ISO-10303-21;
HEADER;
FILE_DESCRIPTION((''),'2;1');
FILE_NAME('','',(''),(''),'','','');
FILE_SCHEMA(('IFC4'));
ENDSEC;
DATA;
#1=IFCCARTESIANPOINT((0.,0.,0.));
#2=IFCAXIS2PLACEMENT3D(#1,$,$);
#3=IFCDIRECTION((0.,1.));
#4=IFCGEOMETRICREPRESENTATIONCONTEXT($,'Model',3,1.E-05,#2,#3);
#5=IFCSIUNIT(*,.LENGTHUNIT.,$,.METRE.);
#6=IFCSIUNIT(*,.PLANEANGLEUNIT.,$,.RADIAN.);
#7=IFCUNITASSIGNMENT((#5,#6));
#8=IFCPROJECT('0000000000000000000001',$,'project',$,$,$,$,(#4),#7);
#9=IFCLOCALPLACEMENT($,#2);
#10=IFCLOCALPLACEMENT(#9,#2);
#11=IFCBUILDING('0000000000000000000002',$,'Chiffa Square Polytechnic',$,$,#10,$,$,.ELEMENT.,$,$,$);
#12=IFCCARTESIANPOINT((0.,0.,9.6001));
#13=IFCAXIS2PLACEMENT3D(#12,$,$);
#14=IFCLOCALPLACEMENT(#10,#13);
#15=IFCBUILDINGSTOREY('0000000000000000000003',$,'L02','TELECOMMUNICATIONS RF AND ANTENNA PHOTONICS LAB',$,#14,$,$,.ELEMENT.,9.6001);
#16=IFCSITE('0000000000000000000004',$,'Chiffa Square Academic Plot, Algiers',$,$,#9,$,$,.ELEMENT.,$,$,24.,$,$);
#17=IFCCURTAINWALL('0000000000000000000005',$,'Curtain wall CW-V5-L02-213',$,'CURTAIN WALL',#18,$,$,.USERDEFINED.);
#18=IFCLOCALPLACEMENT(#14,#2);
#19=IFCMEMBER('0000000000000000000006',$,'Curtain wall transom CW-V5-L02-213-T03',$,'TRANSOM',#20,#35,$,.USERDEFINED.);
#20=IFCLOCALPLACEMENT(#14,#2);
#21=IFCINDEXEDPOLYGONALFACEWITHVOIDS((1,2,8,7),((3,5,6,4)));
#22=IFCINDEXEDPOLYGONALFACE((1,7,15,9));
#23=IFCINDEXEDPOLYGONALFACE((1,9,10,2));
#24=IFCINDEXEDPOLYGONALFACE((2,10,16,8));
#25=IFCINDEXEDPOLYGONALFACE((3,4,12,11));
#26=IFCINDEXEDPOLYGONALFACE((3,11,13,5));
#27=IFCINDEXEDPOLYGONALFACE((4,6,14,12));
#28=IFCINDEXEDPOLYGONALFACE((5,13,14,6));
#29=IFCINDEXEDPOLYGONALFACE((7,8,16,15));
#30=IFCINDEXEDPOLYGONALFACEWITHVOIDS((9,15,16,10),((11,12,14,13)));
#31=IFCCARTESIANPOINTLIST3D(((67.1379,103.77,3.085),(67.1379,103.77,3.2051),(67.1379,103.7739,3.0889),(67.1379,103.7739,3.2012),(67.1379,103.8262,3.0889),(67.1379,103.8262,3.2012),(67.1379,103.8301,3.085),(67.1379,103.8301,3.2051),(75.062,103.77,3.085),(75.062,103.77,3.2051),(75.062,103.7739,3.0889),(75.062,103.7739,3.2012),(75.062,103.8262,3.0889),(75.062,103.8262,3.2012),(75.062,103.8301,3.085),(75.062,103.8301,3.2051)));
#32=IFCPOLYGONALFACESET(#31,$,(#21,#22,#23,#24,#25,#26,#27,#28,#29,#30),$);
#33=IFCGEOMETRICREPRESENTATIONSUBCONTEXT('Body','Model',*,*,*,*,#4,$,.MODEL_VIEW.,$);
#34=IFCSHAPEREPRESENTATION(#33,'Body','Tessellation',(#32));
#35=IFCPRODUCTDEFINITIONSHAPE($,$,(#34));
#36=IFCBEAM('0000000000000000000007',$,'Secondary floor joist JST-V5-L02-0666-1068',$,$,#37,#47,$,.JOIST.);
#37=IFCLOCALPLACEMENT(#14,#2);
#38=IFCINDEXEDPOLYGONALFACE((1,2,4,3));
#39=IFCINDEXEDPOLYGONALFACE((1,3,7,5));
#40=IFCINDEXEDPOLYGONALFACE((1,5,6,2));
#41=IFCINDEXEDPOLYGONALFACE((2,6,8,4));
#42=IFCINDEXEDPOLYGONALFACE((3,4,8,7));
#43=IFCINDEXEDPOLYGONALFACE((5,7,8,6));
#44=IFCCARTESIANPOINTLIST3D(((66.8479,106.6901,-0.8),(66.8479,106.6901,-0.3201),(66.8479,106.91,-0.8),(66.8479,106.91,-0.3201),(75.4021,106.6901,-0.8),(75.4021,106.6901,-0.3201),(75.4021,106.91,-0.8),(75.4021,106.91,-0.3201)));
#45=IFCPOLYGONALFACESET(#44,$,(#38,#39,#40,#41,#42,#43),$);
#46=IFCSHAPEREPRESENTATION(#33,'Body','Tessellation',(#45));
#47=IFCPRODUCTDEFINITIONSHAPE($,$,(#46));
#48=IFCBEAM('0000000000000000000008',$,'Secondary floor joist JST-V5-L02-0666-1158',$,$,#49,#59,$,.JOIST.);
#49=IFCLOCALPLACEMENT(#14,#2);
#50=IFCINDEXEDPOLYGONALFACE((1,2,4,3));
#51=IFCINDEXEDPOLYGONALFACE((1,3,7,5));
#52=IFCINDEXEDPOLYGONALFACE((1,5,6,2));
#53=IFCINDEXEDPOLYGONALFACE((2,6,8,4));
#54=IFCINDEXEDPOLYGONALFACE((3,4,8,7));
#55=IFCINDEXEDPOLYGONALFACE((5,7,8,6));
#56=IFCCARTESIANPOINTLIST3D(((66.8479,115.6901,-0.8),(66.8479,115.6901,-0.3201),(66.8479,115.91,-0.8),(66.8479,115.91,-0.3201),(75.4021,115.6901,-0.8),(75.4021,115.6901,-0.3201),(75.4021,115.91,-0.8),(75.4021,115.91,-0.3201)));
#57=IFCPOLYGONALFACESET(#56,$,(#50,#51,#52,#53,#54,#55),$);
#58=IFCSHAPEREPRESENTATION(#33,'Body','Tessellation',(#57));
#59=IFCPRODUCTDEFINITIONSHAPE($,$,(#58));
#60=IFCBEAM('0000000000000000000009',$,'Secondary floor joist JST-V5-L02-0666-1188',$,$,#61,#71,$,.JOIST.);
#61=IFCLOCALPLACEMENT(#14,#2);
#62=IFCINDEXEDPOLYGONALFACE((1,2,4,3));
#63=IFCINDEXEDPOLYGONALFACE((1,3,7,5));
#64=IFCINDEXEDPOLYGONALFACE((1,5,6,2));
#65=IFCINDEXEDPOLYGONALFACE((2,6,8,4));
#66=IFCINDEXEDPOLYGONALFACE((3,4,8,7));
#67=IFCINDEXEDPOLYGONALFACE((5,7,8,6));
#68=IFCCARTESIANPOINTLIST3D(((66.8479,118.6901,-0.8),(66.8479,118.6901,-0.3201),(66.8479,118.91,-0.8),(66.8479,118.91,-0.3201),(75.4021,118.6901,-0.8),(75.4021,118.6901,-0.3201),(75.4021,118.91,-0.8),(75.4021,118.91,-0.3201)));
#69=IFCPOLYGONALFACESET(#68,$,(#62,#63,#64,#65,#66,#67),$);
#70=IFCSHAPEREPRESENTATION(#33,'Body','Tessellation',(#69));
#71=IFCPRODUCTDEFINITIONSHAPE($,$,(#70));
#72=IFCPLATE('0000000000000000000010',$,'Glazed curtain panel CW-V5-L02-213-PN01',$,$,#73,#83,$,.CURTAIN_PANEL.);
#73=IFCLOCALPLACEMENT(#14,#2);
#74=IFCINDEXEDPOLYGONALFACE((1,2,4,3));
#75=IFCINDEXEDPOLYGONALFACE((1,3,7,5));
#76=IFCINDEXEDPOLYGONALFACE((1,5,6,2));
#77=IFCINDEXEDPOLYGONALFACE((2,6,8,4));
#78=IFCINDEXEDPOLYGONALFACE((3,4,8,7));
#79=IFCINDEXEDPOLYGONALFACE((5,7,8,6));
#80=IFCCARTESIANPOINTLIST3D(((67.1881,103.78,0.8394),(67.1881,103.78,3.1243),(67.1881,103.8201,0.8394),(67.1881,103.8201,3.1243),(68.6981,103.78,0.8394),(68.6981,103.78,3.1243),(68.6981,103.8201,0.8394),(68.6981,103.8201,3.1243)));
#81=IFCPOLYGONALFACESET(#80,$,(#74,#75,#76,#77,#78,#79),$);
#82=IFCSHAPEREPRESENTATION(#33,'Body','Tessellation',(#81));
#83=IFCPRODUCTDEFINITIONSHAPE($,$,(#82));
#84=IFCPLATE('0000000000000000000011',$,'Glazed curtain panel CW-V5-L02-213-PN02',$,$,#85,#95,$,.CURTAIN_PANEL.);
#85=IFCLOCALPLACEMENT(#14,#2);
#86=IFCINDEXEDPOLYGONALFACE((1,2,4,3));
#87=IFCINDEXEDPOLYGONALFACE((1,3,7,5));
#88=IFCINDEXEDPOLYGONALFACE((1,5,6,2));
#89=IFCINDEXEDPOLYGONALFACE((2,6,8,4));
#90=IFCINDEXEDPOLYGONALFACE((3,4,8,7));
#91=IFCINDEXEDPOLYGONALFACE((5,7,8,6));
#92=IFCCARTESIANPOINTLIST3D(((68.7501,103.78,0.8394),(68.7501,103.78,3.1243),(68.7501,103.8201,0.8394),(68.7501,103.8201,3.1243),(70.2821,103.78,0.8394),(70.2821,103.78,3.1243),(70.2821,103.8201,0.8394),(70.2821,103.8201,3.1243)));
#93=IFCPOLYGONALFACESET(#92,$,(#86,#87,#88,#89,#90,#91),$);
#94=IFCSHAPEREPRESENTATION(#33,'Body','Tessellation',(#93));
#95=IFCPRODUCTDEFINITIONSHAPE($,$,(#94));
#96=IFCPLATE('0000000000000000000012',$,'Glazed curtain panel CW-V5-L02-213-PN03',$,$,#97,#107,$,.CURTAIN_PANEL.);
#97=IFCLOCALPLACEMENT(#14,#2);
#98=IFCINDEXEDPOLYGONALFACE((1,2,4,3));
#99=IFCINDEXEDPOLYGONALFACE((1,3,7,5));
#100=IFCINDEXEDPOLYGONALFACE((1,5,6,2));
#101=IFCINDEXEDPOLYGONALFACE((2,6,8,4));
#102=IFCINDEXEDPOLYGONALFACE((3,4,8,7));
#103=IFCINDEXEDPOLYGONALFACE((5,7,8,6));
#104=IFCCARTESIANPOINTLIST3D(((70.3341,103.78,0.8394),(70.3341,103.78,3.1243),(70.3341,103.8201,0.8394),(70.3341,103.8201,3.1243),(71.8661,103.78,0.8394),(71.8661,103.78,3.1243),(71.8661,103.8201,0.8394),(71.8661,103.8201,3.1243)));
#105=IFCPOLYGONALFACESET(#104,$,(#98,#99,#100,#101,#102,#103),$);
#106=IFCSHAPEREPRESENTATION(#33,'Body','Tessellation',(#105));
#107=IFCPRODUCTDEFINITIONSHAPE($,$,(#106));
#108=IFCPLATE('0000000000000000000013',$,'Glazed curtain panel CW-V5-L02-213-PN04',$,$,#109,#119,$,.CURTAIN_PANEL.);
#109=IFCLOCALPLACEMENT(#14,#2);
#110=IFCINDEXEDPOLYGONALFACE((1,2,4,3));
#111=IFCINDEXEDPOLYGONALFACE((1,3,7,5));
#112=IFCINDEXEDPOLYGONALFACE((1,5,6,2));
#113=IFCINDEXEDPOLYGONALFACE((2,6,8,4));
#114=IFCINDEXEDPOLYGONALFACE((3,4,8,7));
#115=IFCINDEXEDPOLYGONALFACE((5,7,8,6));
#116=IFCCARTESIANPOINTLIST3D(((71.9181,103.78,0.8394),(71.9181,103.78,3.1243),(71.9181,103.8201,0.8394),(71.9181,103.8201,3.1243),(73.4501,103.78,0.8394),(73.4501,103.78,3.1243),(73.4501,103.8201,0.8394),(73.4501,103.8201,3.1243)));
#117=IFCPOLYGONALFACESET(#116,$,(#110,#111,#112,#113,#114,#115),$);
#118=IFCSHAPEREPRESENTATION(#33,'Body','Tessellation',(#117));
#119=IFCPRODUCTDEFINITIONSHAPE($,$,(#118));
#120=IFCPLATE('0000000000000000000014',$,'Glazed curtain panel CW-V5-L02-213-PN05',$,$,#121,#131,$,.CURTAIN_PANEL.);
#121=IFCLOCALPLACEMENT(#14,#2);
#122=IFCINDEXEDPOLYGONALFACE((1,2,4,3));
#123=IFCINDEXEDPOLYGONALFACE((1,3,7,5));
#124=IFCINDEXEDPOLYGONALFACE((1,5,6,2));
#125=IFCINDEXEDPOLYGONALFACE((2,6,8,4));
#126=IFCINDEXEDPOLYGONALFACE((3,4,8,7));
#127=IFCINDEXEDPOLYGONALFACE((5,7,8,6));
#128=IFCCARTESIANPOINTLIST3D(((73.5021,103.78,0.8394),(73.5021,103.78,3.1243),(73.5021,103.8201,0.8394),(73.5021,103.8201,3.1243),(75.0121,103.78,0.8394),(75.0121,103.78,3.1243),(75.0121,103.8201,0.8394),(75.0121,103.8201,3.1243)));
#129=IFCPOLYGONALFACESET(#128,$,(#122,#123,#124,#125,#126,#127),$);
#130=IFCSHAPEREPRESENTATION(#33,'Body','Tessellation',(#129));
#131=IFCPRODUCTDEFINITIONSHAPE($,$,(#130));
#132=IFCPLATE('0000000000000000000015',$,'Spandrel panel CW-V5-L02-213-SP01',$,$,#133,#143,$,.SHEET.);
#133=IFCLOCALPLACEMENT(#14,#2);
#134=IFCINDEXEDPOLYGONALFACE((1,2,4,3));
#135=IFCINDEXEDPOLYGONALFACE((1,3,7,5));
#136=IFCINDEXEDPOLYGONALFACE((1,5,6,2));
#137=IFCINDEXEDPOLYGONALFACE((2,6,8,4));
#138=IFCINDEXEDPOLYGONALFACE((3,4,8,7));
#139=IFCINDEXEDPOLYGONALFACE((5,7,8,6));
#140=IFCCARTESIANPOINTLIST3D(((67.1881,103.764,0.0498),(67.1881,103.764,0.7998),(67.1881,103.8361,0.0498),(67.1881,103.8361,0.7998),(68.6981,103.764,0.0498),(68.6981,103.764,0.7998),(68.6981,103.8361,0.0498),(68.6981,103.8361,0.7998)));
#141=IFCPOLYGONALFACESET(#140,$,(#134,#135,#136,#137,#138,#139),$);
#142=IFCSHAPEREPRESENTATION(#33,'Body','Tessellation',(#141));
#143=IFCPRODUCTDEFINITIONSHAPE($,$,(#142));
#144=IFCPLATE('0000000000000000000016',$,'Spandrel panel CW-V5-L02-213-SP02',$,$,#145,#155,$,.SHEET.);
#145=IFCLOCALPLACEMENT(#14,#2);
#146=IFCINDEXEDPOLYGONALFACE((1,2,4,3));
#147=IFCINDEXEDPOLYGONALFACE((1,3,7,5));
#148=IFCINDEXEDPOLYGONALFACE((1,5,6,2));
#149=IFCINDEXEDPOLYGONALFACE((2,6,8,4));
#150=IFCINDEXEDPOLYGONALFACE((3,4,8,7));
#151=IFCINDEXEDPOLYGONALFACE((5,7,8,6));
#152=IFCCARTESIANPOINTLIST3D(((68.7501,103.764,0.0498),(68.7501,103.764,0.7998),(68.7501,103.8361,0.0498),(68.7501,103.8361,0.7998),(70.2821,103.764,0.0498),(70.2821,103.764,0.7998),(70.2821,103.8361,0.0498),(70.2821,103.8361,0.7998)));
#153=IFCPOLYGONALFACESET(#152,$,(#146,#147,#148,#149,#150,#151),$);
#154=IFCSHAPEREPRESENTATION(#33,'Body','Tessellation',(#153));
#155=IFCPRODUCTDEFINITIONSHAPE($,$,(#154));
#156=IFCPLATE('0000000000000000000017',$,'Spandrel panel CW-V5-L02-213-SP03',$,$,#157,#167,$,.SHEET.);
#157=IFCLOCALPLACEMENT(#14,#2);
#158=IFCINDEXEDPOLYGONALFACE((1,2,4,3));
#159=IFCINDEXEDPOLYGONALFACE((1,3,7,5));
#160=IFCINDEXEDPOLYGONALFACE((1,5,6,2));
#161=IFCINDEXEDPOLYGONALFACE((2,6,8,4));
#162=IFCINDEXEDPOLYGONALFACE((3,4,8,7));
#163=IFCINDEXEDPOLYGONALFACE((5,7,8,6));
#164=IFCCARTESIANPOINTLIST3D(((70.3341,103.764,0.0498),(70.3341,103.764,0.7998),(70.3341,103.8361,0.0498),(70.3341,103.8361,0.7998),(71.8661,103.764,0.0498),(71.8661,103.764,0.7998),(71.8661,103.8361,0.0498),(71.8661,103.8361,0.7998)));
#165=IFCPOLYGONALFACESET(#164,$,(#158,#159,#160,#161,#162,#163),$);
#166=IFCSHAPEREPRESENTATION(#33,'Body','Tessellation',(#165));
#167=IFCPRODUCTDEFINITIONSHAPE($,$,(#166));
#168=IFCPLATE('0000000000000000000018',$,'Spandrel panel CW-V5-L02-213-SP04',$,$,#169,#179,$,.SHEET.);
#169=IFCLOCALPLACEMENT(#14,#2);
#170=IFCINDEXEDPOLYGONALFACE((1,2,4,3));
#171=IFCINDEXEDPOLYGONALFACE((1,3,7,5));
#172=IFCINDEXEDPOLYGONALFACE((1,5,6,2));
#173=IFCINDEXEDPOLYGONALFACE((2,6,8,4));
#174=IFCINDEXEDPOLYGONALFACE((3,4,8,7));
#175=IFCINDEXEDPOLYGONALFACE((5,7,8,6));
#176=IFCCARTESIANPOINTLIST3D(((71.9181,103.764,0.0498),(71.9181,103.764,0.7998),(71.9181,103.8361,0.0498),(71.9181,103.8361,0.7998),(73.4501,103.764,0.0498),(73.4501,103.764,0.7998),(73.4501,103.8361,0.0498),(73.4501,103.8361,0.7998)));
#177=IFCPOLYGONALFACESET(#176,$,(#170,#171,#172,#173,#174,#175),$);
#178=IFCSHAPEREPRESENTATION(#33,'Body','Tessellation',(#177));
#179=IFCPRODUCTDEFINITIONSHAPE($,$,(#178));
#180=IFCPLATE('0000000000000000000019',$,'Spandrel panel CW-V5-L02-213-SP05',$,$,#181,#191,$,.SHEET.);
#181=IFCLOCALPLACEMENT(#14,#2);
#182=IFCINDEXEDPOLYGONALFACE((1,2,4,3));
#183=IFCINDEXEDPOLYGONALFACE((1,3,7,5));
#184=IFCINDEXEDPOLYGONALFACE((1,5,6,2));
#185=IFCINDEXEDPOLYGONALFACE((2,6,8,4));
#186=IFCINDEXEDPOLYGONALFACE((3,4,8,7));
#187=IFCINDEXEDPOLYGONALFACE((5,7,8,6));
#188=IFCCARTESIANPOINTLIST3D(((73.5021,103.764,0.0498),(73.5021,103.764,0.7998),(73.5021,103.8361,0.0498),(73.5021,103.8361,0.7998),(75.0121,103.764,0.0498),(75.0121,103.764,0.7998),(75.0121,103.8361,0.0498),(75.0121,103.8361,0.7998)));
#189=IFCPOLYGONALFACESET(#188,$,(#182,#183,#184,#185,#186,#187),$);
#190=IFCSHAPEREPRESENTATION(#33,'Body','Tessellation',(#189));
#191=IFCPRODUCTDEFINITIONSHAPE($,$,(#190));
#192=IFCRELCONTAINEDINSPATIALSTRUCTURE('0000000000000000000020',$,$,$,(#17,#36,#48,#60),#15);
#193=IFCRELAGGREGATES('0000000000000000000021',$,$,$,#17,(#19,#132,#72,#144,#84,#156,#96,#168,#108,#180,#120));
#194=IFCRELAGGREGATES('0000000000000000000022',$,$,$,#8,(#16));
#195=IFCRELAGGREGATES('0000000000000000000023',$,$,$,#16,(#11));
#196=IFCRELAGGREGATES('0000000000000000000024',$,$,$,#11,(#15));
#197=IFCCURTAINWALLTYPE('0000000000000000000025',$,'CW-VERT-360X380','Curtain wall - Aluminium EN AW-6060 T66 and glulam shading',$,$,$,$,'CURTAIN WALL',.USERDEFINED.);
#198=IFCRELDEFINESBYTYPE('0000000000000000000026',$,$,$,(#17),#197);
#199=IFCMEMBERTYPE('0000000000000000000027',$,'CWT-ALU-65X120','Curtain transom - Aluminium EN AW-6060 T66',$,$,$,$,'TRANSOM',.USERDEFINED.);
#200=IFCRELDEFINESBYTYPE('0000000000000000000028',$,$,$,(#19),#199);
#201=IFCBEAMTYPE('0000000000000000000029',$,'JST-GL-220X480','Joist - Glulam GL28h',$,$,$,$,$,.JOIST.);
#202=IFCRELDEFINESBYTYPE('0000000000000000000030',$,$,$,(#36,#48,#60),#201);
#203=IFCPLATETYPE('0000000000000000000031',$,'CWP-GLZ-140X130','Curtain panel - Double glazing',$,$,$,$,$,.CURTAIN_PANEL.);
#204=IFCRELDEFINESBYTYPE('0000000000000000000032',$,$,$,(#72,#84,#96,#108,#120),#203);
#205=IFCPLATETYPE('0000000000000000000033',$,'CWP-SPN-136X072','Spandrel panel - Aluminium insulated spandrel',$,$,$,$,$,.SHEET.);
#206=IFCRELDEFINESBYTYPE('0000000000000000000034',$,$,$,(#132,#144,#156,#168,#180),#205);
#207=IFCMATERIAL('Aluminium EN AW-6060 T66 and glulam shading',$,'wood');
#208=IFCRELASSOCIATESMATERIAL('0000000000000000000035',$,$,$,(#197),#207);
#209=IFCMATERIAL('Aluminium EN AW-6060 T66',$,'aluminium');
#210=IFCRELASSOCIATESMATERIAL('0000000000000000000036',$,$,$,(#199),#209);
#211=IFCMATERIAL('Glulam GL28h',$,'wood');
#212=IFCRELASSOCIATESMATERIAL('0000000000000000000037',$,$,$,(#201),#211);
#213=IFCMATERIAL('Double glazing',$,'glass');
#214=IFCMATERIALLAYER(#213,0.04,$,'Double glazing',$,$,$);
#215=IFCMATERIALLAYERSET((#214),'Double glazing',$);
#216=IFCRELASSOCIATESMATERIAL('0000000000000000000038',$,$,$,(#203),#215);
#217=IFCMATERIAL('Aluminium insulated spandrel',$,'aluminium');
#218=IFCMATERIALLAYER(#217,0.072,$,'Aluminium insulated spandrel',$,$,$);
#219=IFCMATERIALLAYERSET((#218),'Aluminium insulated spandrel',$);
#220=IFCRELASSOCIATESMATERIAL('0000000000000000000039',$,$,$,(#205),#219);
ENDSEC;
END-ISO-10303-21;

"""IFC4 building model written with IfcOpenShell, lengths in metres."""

from ifc_helpers import new_model, si_unit, direction, frame, origin, origin_2d, place, context, subcontext, project, spatial, rectangle, hollow_rectangle, extrude, material, layer, layer_set, material_profile, profile_set, type_object, element, aggregate, save


model = new_model("IFC4")

# Units and contexts
model_context = context("Model", 3, precision=1e-05, world=origin(), true_north=direction((0.0, 1.0)))
body_context = subcontext(model_context, "Body", "Model", "MODEL_VIEW")
ifc_project = project(units=[si_unit("LENGTHUNIT", "METRE"), si_unit("PLANEANGLEUNIT", "RADIAN")], contexts=[model_context])

# Site, building, storey
site_placement = place(None, origin())
site = spatial("IfcSite", under=ifc_project, at=site_placement, Name="Chiffa Square Academic Plot, Algiers", CompositionType="ELEMENT", RefElevation=24.0)
building_placement = place(site_placement, origin())
building = spatial("IfcBuilding", under=site, at=building_placement, Name="Chiffa Square Polytechnic", CompositionType="ELEMENT")
storey_placement = place(building_placement, frame((0.0, 0.0, 9.6001)))
storey = spatial("IfcBuildingStorey", under=building, at=storey_placement, Name="L02", Description="TELECOMMUNICATIONS RF AND ANTENNA PHOTONICS LAB", CompositionType="ELEMENT", Elevation=9.6001)

# Curtain wall, member
ifc_material_1 = material(Name="Aluminium EN AW-6060 T66 and glulam shading", Category="wood")
curtain_wall_type = type_object("IfcCurtainWallType", Name="CW-VERT-360X380", Description="Curtain wall - Aluminium EN AW-6060 T66 and glulam shading", ElementType="CURTAIN WALL", PredefinedType="USERDEFINED", material=ifc_material_1)
curtain_wall_placement = place(storey_placement, origin())
curtain_wall = element("IfcCurtainWall", 1, at=curtain_wall_placement, inside=storey, type_object=curtain_wall_type, Name="Curtain wall CW-V5-L02-213", ObjectType="CURTAIN WALL", PredefinedType="USERDEFINED")
ifc_material_2 = material(Name="Aluminium EN AW-6060 T66", Category="aluminium")
ifc_material_profile_1 = material_profile(ifc_material_2, hollow_rectangle(XDim=0.0601, YDim=0.1201, WallThickness=0.0039, at=origin_2d()), Name="ALU 60x120x4")
ifc_profile_set_1 = profile_set([ifc_material_profile_1], Name="Aluminium EN AW-6060 T66")
member_type_1 = type_object("IfcMemberType", Name="CWT-ALU-65X120", Description="Curtain transom - Aluminium EN AW-6060 T66", ElementType="TRANSOM", PredefinedType="USERDEFINED", material=ifc_profile_set_1)
member_1_placement = place(storey_placement, frame((67.1379, 103.8, 3.145), z_axis=(1.0, 0.0, 0.0), x_axis=(0.0, 1.0, 0.0)))
member_1 = element("IfcMember", 2, at=member_1_placement, type_object=member_type_1, Name="Curtain wall transom CW-V5-L02-213-T03", ObjectType="TRANSOM", PredefinedType="USERDEFINED", context=body_context, shape_type="SweptSolid", body=[
    extrude(hollow_rectangle(XDim=0.0601, YDim=0.1201, WallThickness=0.0039, at=origin_2d()), origin(), (0.0, 0.0, 1.0), 7.9241),
])

# Beams
ifc_material_3 = material(Name="Glulam GL28h", Category="wood")
ifc_material_profile_2 = material_profile(ifc_material_3, rectangle(XDim=0.22, YDim=0.48, at=origin_2d()), Name="GL28h 220x480")
ifc_profile_set_2 = profile_set([ifc_material_profile_2], Name="Glulam GL28h")
beam_type_1 = type_object("IfcBeamType", Name="JST-GL-220X480", Description="Joist - Glulam GL28h", PredefinedType="JOIST", material=ifc_profile_set_2)
for number, where, z_axis, x_axis, name in (
    (3, (66.8479, 106.8, -0.5601), (1.0, 0.0, 0.0), (0.0, 1.0, 0.0), "Secondary floor joist JST-V5-L02-0666-1068"),
    (4, (66.8479, 115.8, -0.5601), (1.0, 0.0, 0.0), (0.0, 1.0, 0.0), "Secondary floor joist JST-V5-L02-0666-1158"),
    (5, (66.8479, 118.8, -0.5601), (1.0, 0.0, 0.0), (0.0, 1.0, 0.0), "Secondary floor joist JST-V5-L02-0666-1188"),
):
    element("IfcBeam", number, at=place(storey_placement, frame(where, z_axis=z_axis, x_axis=x_axis)), inside=storey, type_object=beam_type_1, Name=name, PredefinedType="JOIST", context=body_context, shape_type="SweptSolid", body=[
        extrude(rectangle(XDim=0.22, YDim=0.48, at=origin_2d()), origin(), (0.0, 0.0, 1.0), 8.5542),
    ])

# Plates
ifc_material_4 = material(Name="Double glazing", Category="glass")
ifc_layer_1 = layer(ifc_material_4, 0.04, Name="Double glazing")
ifc_layer_set_1 = layer_set([ifc_layer_1], Name="Double glazing")
plate_type_1 = type_object("IfcPlateType", Name="CWP-GLZ-140X130", Description="Curtain panel - Double glazing", PredefinedType="CURTAIN_PANEL", material=ifc_layer_set_1)
plate_1_placement = place(storey_placement, frame((67.9431, 103.8, 0.8394), z_axis=(0.0, 0.0, 1.0), x_axis=(1.0, 0.0, 0.0)))
plate_1 = element("IfcPlate", 6, at=plate_1_placement, type_object=plate_type_1, Name="Glazed curtain panel CW-V5-L02-213-PN01", PredefinedType="CURTAIN_PANEL", context=body_context, shape_type="SweptSolid", body=[
    extrude(rectangle(XDim=1.51, YDim=0.04, at=origin_2d()), origin(), (0.0, 0.0, 1.0), 2.2849),
])
plate_2_placement = place(storey_placement, frame((69.5161, 103.8, 0.8394), z_axis=(0.0, 0.0, 1.0), x_axis=(1.0, 0.0, 0.0)))
plate_2 = element("IfcPlate", 7, at=plate_2_placement, type_object=plate_type_1, Name="Glazed curtain panel CW-V5-L02-213-PN02", PredefinedType="CURTAIN_PANEL", context=body_context, shape_type="SweptSolid", body=[
    extrude(rectangle(XDim=1.532, YDim=0.04, at=origin_2d()), origin(), (0.0, 0.0, 1.0), 2.2849),
])
plate_3_placement = place(storey_placement, frame((71.1001, 103.8, 0.8394), z_axis=(0.0, 0.0, 1.0), x_axis=(1.0, 0.0, 0.0)))
plate_3 = element("IfcPlate", 8, at=plate_3_placement, type_object=plate_type_1, Name="Glazed curtain panel CW-V5-L02-213-PN03", PredefinedType="CURTAIN_PANEL", context=body_context, shape_type="SweptSolid", body=[
    extrude(rectangle(XDim=1.532, YDim=0.04, at=origin_2d()), origin(), (0.0, 0.0, 1.0), 2.2849),
])
plate_4_placement = place(storey_placement, frame((72.6841, 103.8, 0.8394), z_axis=(0.0, 0.0, 1.0), x_axis=(1.0, 0.0, 0.0)))
plate_4 = element("IfcPlate", 9, at=plate_4_placement, type_object=plate_type_1, Name="Glazed curtain panel CW-V5-L02-213-PN04", PredefinedType="CURTAIN_PANEL", context=body_context, shape_type="SweptSolid", body=[
    extrude(rectangle(XDim=1.532, YDim=0.04, at=origin_2d()), origin(), (0.0, 0.0, 1.0), 2.2849),
])
plate_5_placement = place(storey_placement, frame((74.2571, 103.8, 0.8394), z_axis=(0.0, 0.0, 1.0), x_axis=(1.0, 0.0, 0.0)))
plate_5 = element("IfcPlate", 10, at=plate_5_placement, type_object=plate_type_1, Name="Glazed curtain panel CW-V5-L02-213-PN05", PredefinedType="CURTAIN_PANEL", context=body_context, shape_type="SweptSolid", body=[
    extrude(rectangle(XDim=1.51, YDim=0.04, at=origin_2d()), origin(), (0.0, 0.0, 1.0), 2.2849),
])
ifc_material_5 = material(Name="Aluminium insulated spandrel", Category="aluminium")
ifc_layer_2 = layer(ifc_material_5, 0.072, Name="Aluminium insulated spandrel")
ifc_layer_set_2 = layer_set([ifc_layer_2], Name="Aluminium insulated spandrel")
plate_type_2 = type_object("IfcPlateType", Name="CWP-SPN-136X072", Description="Spandrel panel - Aluminium insulated spandrel", PredefinedType="SHEET", material=ifc_layer_set_2)
plate_6_placement = place(storey_placement, frame((67.9431, 103.8, 0.0498), z_axis=(0.0, 0.0, 1.0), x_axis=(1.0, 0.0, 0.0)))
plate_6 = element("IfcPlate", 11, at=plate_6_placement, type_object=plate_type_2, Name="Spandrel panel CW-V5-L02-213-SP01", PredefinedType="SHEET", context=body_context, shape_type="SweptSolid", body=[
    extrude(rectangle(XDim=1.51, YDim=0.072, at=origin_2d()), origin(), (0.0, 0.0, 1.0), 0.75),
])
plate_7_placement = place(storey_placement, frame((69.5161, 103.8, 0.0498), z_axis=(0.0, 0.0, 1.0), x_axis=(1.0, 0.0, 0.0)))
plate_7 = element("IfcPlate", 12, at=plate_7_placement, type_object=plate_type_2, Name="Spandrel panel CW-V5-L02-213-SP02", PredefinedType="SHEET", context=body_context, shape_type="SweptSolid", body=[
    extrude(rectangle(XDim=1.532, YDim=0.072, at=origin_2d()), origin(), (0.0, 0.0, 1.0), 0.75),
])
plate_8_placement = place(storey_placement, frame((71.1001, 103.8, 0.0498), z_axis=(0.0, 0.0, 1.0), x_axis=(1.0, 0.0, 0.0)))
plate_8 = element("IfcPlate", 13, at=plate_8_placement, type_object=plate_type_2, Name="Spandrel panel CW-V5-L02-213-SP03", PredefinedType="SHEET", context=body_context, shape_type="SweptSolid", body=[
    extrude(rectangle(XDim=1.532, YDim=0.072, at=origin_2d()), origin(), (0.0, 0.0, 1.0), 0.75),
])
plate_9_placement = place(storey_placement, frame((72.6841, 103.8, 0.0498), z_axis=(0.0, 0.0, 1.0), x_axis=(1.0, 0.0, 0.0)))
plate_9 = element("IfcPlate", 14, at=plate_9_placement, type_object=plate_type_2, Name="Spandrel panel CW-V5-L02-213-SP04", PredefinedType="SHEET", context=body_context, shape_type="SweptSolid", body=[
    extrude(rectangle(XDim=1.532, YDim=0.072, at=origin_2d()), origin(), (0.0, 0.0, 1.0), 0.75),
])
plate_10_placement = place(storey_placement, frame((74.2571, 103.8, 0.0498), z_axis=(0.0, 0.0, 1.0), x_axis=(1.0, 0.0, 0.0)))
plate_10 = element("IfcPlate", 15, at=plate_10_placement, type_object=plate_type_2, Name="Spandrel panel CW-V5-L02-213-SP05", PredefinedType="SHEET", context=body_context, shape_type="SweptSolid", body=[
    extrude(rectangle(XDim=1.51, YDim=0.072, at=origin_2d()), origin(), (0.0, 0.0, 1.0), 0.75),
])
aggregate(curtain_wall, [member_1, plate_6, plate_1, plate_7, plate_2, plate_8, plate_3, plate_9, plate_4, plate_10, plate_5])

save(model, "model.ifc")
